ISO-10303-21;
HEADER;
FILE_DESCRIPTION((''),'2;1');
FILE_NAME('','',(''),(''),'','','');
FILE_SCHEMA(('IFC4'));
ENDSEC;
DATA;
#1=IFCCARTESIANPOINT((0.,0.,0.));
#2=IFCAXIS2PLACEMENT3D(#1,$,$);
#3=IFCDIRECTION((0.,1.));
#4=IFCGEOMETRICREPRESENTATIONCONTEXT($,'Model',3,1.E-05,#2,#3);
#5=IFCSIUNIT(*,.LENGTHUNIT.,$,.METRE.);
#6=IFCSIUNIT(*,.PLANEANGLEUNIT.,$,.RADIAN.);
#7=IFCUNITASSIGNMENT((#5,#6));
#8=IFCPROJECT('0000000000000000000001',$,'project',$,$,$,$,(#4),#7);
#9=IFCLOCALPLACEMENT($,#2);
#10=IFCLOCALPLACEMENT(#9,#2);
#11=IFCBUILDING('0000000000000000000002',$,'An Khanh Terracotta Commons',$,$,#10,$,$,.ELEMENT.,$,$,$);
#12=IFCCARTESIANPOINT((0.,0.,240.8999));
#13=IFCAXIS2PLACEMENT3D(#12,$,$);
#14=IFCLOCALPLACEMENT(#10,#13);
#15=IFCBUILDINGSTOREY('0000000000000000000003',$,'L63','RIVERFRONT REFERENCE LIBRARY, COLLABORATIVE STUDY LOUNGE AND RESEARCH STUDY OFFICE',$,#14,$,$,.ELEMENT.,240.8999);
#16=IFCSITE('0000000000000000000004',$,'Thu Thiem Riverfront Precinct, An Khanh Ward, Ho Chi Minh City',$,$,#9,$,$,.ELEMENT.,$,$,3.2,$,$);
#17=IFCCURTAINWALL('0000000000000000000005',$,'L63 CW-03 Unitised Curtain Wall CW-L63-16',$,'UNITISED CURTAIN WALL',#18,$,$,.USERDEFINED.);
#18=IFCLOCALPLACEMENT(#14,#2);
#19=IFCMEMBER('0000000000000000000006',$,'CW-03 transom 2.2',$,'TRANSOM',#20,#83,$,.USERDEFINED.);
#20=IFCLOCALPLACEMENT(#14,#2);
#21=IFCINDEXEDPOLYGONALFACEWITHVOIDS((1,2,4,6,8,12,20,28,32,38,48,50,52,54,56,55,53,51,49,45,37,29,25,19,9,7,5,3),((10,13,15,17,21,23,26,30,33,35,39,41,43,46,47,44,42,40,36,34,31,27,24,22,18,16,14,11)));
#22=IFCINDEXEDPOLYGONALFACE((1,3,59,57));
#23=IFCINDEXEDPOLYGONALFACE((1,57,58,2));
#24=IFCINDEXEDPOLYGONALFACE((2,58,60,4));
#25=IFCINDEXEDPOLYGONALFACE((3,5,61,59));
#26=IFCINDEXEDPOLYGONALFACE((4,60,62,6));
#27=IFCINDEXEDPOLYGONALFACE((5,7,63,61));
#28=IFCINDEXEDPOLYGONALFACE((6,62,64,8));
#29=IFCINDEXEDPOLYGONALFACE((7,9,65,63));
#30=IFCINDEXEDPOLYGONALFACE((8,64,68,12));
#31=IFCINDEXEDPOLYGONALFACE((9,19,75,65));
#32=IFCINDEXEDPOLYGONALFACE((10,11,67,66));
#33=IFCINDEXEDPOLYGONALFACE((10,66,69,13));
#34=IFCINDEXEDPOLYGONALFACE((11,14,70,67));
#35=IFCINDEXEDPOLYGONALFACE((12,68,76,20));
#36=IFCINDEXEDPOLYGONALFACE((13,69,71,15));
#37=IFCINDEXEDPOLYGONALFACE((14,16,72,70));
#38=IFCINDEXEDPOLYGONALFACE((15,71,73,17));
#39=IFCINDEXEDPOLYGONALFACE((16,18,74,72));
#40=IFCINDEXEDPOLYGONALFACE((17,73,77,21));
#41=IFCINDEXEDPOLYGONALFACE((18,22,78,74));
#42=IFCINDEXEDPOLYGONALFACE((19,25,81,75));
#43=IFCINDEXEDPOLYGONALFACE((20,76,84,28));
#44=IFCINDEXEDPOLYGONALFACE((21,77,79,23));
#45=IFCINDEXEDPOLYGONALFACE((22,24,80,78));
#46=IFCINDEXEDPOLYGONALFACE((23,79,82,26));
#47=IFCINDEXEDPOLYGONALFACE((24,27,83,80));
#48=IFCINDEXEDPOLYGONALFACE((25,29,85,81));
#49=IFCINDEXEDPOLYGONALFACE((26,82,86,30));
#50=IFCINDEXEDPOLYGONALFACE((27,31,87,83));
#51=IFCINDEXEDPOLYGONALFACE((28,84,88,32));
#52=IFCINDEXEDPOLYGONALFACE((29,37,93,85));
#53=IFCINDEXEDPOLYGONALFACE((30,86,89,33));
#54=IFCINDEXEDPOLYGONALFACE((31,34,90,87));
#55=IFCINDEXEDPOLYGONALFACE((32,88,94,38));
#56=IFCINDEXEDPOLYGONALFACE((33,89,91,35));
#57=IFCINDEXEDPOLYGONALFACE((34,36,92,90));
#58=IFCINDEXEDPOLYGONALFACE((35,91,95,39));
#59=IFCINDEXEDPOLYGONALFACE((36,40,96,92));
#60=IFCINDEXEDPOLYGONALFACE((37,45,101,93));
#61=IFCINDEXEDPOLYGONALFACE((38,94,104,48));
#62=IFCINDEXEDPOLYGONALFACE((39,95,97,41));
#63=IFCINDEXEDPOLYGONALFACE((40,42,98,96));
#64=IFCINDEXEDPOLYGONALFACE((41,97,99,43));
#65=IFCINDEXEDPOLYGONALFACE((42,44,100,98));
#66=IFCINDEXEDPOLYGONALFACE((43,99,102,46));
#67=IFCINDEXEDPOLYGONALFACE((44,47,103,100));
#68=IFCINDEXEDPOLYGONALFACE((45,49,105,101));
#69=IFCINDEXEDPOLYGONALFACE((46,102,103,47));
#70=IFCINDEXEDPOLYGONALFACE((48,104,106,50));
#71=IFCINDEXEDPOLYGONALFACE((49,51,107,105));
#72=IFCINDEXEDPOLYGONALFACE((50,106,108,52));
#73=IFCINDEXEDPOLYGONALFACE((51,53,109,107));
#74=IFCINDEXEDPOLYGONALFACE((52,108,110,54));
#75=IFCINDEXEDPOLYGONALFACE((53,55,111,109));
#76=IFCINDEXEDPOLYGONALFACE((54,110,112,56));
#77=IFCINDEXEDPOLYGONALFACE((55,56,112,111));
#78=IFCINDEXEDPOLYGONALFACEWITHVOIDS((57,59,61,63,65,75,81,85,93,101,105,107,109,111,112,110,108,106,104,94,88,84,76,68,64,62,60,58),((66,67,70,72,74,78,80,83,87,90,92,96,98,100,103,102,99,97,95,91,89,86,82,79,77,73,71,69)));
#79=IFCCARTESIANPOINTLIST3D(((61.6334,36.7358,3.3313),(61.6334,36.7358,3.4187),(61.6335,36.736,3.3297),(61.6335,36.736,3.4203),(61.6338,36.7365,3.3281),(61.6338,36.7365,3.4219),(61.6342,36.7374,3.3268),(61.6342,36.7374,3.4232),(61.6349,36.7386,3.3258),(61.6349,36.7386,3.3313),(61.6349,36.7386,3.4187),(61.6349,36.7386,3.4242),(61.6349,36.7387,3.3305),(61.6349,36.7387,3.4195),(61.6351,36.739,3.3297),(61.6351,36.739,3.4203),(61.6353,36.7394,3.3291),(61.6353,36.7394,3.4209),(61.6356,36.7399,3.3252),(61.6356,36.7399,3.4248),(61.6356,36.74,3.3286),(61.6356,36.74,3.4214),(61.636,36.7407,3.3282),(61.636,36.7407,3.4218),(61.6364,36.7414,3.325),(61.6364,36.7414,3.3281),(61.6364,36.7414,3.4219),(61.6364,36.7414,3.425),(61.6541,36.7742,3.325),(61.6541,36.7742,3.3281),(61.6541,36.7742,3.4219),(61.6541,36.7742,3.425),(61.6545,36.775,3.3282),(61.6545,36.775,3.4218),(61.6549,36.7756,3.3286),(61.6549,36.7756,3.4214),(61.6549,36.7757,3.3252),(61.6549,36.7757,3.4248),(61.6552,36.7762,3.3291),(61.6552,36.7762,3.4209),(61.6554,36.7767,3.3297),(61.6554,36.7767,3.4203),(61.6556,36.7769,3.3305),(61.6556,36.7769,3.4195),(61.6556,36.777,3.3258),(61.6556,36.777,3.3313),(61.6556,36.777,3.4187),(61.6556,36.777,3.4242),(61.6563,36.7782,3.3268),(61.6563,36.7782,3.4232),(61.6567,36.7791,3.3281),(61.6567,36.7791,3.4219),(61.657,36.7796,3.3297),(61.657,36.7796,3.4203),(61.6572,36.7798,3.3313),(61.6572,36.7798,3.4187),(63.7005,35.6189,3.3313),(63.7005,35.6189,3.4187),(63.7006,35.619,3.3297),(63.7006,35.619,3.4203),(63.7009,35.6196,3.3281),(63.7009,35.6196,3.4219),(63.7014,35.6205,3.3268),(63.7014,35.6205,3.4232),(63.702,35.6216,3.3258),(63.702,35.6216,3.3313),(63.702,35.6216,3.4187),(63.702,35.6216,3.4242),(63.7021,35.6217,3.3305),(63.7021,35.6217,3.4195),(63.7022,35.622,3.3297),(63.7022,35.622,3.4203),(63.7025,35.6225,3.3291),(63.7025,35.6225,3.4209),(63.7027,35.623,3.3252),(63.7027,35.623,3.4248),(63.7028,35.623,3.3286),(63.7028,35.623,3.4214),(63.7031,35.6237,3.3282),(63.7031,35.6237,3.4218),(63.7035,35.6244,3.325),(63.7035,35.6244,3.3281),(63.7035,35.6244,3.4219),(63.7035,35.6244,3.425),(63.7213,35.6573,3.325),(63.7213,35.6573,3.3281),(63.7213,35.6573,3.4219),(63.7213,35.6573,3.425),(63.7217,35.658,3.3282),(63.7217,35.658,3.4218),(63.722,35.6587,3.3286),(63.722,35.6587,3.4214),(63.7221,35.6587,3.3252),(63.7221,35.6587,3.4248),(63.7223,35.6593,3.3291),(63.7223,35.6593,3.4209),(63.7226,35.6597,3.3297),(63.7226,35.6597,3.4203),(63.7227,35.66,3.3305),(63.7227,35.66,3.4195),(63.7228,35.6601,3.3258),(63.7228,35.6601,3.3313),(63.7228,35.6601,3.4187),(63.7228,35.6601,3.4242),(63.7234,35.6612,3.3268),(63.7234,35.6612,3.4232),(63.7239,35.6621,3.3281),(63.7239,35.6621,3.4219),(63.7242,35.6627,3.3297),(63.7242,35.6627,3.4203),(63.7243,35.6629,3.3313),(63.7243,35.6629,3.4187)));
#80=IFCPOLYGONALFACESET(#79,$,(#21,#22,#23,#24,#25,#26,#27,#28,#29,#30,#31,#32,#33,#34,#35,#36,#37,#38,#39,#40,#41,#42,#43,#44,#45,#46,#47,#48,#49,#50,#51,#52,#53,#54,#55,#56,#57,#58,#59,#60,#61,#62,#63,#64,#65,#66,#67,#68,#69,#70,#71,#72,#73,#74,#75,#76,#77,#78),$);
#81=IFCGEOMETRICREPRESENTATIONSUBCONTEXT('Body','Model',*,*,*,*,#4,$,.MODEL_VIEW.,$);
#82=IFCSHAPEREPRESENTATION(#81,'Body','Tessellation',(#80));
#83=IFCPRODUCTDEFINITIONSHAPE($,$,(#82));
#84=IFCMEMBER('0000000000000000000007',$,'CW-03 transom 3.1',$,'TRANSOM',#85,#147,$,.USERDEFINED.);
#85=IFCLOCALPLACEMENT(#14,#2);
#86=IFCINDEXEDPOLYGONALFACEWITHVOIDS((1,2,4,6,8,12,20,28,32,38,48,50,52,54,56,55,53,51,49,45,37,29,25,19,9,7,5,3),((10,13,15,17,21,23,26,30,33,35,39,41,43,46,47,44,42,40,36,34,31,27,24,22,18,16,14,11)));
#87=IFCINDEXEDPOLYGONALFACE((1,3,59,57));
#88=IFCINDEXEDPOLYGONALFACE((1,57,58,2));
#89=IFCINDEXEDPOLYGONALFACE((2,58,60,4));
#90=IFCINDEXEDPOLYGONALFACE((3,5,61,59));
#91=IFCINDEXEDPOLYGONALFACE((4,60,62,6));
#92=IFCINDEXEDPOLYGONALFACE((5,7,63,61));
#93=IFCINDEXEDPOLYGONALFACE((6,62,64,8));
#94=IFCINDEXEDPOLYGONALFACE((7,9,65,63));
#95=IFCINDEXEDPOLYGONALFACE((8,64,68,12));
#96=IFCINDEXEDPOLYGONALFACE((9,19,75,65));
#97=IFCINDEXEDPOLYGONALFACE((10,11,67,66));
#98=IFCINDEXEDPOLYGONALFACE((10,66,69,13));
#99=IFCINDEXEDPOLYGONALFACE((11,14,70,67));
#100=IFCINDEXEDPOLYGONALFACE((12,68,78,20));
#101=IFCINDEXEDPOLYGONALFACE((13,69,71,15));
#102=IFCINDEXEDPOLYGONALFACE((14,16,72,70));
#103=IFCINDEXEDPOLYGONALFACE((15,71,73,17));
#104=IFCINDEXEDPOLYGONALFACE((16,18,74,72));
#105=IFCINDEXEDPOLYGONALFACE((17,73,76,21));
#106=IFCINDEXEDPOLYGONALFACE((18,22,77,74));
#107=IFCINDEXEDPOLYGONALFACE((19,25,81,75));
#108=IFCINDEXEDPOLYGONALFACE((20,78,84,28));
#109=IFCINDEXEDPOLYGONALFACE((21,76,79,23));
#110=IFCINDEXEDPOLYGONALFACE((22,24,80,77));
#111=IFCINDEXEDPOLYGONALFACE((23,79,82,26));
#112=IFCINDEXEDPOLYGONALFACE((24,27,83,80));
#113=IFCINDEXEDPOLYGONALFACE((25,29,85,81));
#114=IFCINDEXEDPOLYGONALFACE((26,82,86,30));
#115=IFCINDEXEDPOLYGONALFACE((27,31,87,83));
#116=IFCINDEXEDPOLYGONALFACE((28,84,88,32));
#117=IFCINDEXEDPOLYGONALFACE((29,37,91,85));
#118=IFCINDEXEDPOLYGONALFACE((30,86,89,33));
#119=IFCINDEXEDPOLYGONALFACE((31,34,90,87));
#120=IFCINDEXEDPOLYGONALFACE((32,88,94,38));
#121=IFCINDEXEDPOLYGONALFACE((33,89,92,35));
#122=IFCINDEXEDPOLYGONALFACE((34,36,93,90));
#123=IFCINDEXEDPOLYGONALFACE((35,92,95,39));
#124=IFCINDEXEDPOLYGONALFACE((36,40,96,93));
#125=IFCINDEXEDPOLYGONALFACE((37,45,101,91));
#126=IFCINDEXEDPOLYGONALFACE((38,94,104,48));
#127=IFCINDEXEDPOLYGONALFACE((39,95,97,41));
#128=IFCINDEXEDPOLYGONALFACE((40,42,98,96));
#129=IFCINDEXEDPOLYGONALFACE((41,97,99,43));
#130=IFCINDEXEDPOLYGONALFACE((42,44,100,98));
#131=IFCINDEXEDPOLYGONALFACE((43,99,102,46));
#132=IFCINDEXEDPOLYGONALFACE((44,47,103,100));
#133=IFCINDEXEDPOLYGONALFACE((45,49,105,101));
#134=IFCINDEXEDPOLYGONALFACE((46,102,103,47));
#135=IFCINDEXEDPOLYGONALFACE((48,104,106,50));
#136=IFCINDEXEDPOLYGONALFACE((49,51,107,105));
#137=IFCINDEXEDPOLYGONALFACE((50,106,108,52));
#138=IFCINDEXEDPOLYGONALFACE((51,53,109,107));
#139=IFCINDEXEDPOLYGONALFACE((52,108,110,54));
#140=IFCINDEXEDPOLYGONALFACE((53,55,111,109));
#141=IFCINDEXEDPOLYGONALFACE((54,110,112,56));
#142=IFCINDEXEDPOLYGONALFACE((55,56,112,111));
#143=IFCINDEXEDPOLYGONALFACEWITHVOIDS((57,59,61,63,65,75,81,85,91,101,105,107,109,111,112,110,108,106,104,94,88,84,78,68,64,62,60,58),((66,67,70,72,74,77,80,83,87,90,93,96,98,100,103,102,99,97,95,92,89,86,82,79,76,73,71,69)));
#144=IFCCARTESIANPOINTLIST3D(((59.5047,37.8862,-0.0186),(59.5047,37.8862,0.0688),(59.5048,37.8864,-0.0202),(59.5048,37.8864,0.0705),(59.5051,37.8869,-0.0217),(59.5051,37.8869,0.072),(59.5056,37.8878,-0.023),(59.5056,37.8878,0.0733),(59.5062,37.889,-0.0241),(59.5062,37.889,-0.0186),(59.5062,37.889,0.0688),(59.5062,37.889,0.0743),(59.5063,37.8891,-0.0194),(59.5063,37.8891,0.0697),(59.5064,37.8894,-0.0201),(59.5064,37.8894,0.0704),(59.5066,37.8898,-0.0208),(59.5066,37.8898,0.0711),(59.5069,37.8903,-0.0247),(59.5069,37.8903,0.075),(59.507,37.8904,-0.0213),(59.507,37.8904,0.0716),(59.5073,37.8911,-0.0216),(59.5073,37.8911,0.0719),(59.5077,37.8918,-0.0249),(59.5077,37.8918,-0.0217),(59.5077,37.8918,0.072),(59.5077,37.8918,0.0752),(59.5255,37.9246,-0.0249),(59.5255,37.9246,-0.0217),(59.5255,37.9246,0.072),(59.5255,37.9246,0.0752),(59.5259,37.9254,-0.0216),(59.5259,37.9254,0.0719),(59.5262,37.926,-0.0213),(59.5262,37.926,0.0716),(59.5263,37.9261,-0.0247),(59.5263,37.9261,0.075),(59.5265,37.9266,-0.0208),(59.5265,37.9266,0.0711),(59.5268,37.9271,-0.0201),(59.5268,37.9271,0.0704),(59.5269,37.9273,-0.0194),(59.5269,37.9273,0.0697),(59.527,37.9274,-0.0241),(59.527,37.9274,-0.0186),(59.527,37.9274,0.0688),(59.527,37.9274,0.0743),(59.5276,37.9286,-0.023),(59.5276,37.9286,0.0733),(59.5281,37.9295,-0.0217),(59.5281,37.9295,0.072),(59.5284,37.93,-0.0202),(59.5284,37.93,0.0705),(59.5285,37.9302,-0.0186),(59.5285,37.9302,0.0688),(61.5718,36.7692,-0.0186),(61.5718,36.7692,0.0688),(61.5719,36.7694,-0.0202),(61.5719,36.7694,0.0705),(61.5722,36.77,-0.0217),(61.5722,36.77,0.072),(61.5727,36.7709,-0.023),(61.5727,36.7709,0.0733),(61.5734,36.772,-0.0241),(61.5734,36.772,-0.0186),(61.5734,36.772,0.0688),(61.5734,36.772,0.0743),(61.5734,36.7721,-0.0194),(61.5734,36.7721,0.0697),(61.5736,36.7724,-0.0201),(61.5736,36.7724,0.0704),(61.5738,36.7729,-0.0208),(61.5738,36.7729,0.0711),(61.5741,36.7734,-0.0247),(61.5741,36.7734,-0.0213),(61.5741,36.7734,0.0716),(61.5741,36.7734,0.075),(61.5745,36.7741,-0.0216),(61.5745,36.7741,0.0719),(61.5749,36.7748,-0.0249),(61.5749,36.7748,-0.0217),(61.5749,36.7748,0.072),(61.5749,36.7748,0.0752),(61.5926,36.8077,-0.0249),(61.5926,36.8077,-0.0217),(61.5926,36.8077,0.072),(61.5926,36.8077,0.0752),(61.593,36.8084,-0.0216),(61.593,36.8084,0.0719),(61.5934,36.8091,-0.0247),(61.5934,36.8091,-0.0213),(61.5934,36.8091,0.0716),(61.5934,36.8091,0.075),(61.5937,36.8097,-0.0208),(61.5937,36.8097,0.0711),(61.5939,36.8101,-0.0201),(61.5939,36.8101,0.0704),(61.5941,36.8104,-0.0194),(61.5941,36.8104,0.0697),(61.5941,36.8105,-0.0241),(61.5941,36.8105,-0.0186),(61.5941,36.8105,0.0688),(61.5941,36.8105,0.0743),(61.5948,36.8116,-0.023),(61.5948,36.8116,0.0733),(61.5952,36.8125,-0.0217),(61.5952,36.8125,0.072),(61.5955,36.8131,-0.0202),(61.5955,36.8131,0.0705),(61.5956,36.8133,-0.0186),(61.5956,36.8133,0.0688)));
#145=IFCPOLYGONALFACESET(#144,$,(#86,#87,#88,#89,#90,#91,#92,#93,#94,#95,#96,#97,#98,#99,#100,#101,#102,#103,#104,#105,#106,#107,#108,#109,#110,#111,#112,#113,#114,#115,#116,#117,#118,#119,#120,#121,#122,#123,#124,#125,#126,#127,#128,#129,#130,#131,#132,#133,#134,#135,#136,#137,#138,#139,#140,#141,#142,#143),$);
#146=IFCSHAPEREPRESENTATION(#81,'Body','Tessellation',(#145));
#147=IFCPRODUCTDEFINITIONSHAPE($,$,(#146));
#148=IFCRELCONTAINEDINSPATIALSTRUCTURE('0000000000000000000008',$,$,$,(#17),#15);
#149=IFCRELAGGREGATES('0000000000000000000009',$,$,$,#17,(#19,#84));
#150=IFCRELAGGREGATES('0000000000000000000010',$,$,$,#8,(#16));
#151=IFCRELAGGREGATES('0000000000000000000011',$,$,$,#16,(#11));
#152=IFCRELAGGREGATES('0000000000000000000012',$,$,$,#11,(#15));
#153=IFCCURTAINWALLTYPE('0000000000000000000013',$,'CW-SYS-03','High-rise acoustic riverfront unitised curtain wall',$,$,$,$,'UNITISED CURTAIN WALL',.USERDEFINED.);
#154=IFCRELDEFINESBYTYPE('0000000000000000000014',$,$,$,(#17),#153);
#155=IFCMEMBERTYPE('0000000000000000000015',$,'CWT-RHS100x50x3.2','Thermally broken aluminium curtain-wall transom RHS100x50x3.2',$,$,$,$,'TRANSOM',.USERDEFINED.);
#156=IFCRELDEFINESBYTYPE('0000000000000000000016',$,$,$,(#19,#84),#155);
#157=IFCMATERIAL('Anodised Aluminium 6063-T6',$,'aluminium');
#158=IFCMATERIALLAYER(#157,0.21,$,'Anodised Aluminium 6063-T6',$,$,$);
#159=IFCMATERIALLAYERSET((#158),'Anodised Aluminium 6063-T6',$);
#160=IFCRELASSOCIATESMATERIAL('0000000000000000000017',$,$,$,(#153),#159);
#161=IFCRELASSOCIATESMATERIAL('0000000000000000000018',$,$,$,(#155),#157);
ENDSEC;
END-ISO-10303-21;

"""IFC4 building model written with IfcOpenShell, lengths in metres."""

from ifc_helpers import new_model, si_unit, direction, frame, origin, origin_2d, place, context, subcontext, project, spatial, hollow_rectangle, extrude, material, layer, layer_set, material_profile, profile_set, type_object, element, aggregate, save


model = new_model("IFC4")

# Units and contexts
model_context = context("Model", 3, precision=1e-05, world=origin(), true_north=direction((0.0, 1.0)))
body_context = subcontext(model_context, "Body", "Model", "MODEL_VIEW")
ifc_project = project(units=[si_unit("LENGTHUNIT", "METRE"), si_unit("PLANEANGLEUNIT", "RADIAN")], contexts=[model_context])

# Site, building, storey
site_placement = place(None, origin())
site = spatial("IfcSite", under=ifc_project, at=site_placement, Name="Thu Thiem Riverfront Precinct, An Khanh Ward, Ho Chi Minh City", CompositionType="ELEMENT", RefElevation=3.2)
building_placement = place(site_placement, origin())
building = spatial("IfcBuilding", under=site, at=building_placement, Name="An Khanh Terracotta Commons", CompositionType="ELEMENT")
storey_placement = place(building_placement, frame((0.0, 0.0, 240.8999)))
storey = spatial("IfcBuildingStorey", under=building, at=storey_placement, Name="L63", Description="RIVERFRONT REFERENCE LIBRARY, COLLABORATIVE STUDY LOUNGE AND RESEARCH STUDY OFFICE", CompositionType="ELEMENT", Elevation=240.8999)

# Curtain wall, members
ifc_material_1 = material(Name="Anodised Aluminium 6063-T6", Category="aluminium")
ifc_layer_1 = layer(ifc_material_1, 0.21, Name="Anodised Aluminium 6063-T6")
ifc_layer_set_1 = layer_set([ifc_layer_1], Name="Anodised Aluminium 6063-T6")
curtain_wall_type = type_object("IfcCurtainWallType", Name="CW-SYS-03", Description="High-rise acoustic riverfront unitised curtain wall", ElementType="UNITISED CURTAIN WALL", PredefinedType="USERDEFINED", material=ifc_layer_set_1)
curtain_wall_placement = place(storey_placement, origin())
curtain_wall = element("IfcCurtainWall", 1, at=curtain_wall_placement, inside=storey, type_object=curtain_wall_type, Name="L63 CW-03 Unitised Curtain Wall CW-L63-16", ObjectType="UNITISED CURTAIN WALL", PredefinedType="USERDEFINED")
ifc_material_profile_1 = material_profile(ifc_material_1, hollow_rectangle(XDim=0.05, YDim=0.1001, WallThickness=0.0032, InnerFilletRadius=0.0032, OuterFilletRadius=0.0063, at=origin_2d()), Name="RHS100x50x3.2")
ifc_profile_set_1 = profile_set([ifc_material_profile_1], Name="Anodised Aluminium 6063-T6")
member_type_1 = type_object("IfcMemberType", Name="CWT-RHS100x50x3.2", Description="Thermally broken aluminium curtain-wall transom RHS100x50x3.2", ElementType="TRANSOM", PredefinedType="USERDEFINED", material=ifc_profile_set_1)
member_1_placement = place(storey_placement, frame((63.7124, 35.6409, 3.375), z_axis=(-0.879783, 0.475376, 0.0), x_axis=(-0.475376, -0.879783, 0.0)))
member_1 = element("IfcMember", 2, at=member_1_placement, type_object=member_type_1, Name="CW-03 transom 2.2", ObjectType="TRANSOM", PredefinedType="USERDEFINED", context=body_context, shape_type="SweptSolid", body=[
    extrude(hollow_rectangle(XDim=0.05, YDim=0.1001, WallThickness=0.0032, InnerFilletRadius=0.0032, OuterFilletRadius=0.0063, at=origin_2d()), origin(), (0.0, 0.0, 1.0), 2.3496),
])
member_2_placement = place(storey_placement, frame((61.5837, 36.7913, 0.0251), z_axis=(-0.879783, 0.475376, 0.0), x_axis=(-0.475376, -0.879783, 0.0)))
member_2 = element("IfcMember", 3, at=member_2_placement, type_object=member_type_1, Name="CW-03 transom 3.1", ObjectType="TRANSOM", PredefinedType="USERDEFINED", context=body_context, shape_type="SweptSolid", body=[
    extrude(hollow_rectangle(XDim=0.05, YDim=0.1001, WallThickness=0.0032, InnerFilletRadius=0.0032, OuterFilletRadius=0.0063, at=origin_2d()), origin(), (0.0, 0.0, 1.0), 2.3496),
])
aggregate(curtain_wall, [member_1, member_2])

save(model, "model.ifc")
